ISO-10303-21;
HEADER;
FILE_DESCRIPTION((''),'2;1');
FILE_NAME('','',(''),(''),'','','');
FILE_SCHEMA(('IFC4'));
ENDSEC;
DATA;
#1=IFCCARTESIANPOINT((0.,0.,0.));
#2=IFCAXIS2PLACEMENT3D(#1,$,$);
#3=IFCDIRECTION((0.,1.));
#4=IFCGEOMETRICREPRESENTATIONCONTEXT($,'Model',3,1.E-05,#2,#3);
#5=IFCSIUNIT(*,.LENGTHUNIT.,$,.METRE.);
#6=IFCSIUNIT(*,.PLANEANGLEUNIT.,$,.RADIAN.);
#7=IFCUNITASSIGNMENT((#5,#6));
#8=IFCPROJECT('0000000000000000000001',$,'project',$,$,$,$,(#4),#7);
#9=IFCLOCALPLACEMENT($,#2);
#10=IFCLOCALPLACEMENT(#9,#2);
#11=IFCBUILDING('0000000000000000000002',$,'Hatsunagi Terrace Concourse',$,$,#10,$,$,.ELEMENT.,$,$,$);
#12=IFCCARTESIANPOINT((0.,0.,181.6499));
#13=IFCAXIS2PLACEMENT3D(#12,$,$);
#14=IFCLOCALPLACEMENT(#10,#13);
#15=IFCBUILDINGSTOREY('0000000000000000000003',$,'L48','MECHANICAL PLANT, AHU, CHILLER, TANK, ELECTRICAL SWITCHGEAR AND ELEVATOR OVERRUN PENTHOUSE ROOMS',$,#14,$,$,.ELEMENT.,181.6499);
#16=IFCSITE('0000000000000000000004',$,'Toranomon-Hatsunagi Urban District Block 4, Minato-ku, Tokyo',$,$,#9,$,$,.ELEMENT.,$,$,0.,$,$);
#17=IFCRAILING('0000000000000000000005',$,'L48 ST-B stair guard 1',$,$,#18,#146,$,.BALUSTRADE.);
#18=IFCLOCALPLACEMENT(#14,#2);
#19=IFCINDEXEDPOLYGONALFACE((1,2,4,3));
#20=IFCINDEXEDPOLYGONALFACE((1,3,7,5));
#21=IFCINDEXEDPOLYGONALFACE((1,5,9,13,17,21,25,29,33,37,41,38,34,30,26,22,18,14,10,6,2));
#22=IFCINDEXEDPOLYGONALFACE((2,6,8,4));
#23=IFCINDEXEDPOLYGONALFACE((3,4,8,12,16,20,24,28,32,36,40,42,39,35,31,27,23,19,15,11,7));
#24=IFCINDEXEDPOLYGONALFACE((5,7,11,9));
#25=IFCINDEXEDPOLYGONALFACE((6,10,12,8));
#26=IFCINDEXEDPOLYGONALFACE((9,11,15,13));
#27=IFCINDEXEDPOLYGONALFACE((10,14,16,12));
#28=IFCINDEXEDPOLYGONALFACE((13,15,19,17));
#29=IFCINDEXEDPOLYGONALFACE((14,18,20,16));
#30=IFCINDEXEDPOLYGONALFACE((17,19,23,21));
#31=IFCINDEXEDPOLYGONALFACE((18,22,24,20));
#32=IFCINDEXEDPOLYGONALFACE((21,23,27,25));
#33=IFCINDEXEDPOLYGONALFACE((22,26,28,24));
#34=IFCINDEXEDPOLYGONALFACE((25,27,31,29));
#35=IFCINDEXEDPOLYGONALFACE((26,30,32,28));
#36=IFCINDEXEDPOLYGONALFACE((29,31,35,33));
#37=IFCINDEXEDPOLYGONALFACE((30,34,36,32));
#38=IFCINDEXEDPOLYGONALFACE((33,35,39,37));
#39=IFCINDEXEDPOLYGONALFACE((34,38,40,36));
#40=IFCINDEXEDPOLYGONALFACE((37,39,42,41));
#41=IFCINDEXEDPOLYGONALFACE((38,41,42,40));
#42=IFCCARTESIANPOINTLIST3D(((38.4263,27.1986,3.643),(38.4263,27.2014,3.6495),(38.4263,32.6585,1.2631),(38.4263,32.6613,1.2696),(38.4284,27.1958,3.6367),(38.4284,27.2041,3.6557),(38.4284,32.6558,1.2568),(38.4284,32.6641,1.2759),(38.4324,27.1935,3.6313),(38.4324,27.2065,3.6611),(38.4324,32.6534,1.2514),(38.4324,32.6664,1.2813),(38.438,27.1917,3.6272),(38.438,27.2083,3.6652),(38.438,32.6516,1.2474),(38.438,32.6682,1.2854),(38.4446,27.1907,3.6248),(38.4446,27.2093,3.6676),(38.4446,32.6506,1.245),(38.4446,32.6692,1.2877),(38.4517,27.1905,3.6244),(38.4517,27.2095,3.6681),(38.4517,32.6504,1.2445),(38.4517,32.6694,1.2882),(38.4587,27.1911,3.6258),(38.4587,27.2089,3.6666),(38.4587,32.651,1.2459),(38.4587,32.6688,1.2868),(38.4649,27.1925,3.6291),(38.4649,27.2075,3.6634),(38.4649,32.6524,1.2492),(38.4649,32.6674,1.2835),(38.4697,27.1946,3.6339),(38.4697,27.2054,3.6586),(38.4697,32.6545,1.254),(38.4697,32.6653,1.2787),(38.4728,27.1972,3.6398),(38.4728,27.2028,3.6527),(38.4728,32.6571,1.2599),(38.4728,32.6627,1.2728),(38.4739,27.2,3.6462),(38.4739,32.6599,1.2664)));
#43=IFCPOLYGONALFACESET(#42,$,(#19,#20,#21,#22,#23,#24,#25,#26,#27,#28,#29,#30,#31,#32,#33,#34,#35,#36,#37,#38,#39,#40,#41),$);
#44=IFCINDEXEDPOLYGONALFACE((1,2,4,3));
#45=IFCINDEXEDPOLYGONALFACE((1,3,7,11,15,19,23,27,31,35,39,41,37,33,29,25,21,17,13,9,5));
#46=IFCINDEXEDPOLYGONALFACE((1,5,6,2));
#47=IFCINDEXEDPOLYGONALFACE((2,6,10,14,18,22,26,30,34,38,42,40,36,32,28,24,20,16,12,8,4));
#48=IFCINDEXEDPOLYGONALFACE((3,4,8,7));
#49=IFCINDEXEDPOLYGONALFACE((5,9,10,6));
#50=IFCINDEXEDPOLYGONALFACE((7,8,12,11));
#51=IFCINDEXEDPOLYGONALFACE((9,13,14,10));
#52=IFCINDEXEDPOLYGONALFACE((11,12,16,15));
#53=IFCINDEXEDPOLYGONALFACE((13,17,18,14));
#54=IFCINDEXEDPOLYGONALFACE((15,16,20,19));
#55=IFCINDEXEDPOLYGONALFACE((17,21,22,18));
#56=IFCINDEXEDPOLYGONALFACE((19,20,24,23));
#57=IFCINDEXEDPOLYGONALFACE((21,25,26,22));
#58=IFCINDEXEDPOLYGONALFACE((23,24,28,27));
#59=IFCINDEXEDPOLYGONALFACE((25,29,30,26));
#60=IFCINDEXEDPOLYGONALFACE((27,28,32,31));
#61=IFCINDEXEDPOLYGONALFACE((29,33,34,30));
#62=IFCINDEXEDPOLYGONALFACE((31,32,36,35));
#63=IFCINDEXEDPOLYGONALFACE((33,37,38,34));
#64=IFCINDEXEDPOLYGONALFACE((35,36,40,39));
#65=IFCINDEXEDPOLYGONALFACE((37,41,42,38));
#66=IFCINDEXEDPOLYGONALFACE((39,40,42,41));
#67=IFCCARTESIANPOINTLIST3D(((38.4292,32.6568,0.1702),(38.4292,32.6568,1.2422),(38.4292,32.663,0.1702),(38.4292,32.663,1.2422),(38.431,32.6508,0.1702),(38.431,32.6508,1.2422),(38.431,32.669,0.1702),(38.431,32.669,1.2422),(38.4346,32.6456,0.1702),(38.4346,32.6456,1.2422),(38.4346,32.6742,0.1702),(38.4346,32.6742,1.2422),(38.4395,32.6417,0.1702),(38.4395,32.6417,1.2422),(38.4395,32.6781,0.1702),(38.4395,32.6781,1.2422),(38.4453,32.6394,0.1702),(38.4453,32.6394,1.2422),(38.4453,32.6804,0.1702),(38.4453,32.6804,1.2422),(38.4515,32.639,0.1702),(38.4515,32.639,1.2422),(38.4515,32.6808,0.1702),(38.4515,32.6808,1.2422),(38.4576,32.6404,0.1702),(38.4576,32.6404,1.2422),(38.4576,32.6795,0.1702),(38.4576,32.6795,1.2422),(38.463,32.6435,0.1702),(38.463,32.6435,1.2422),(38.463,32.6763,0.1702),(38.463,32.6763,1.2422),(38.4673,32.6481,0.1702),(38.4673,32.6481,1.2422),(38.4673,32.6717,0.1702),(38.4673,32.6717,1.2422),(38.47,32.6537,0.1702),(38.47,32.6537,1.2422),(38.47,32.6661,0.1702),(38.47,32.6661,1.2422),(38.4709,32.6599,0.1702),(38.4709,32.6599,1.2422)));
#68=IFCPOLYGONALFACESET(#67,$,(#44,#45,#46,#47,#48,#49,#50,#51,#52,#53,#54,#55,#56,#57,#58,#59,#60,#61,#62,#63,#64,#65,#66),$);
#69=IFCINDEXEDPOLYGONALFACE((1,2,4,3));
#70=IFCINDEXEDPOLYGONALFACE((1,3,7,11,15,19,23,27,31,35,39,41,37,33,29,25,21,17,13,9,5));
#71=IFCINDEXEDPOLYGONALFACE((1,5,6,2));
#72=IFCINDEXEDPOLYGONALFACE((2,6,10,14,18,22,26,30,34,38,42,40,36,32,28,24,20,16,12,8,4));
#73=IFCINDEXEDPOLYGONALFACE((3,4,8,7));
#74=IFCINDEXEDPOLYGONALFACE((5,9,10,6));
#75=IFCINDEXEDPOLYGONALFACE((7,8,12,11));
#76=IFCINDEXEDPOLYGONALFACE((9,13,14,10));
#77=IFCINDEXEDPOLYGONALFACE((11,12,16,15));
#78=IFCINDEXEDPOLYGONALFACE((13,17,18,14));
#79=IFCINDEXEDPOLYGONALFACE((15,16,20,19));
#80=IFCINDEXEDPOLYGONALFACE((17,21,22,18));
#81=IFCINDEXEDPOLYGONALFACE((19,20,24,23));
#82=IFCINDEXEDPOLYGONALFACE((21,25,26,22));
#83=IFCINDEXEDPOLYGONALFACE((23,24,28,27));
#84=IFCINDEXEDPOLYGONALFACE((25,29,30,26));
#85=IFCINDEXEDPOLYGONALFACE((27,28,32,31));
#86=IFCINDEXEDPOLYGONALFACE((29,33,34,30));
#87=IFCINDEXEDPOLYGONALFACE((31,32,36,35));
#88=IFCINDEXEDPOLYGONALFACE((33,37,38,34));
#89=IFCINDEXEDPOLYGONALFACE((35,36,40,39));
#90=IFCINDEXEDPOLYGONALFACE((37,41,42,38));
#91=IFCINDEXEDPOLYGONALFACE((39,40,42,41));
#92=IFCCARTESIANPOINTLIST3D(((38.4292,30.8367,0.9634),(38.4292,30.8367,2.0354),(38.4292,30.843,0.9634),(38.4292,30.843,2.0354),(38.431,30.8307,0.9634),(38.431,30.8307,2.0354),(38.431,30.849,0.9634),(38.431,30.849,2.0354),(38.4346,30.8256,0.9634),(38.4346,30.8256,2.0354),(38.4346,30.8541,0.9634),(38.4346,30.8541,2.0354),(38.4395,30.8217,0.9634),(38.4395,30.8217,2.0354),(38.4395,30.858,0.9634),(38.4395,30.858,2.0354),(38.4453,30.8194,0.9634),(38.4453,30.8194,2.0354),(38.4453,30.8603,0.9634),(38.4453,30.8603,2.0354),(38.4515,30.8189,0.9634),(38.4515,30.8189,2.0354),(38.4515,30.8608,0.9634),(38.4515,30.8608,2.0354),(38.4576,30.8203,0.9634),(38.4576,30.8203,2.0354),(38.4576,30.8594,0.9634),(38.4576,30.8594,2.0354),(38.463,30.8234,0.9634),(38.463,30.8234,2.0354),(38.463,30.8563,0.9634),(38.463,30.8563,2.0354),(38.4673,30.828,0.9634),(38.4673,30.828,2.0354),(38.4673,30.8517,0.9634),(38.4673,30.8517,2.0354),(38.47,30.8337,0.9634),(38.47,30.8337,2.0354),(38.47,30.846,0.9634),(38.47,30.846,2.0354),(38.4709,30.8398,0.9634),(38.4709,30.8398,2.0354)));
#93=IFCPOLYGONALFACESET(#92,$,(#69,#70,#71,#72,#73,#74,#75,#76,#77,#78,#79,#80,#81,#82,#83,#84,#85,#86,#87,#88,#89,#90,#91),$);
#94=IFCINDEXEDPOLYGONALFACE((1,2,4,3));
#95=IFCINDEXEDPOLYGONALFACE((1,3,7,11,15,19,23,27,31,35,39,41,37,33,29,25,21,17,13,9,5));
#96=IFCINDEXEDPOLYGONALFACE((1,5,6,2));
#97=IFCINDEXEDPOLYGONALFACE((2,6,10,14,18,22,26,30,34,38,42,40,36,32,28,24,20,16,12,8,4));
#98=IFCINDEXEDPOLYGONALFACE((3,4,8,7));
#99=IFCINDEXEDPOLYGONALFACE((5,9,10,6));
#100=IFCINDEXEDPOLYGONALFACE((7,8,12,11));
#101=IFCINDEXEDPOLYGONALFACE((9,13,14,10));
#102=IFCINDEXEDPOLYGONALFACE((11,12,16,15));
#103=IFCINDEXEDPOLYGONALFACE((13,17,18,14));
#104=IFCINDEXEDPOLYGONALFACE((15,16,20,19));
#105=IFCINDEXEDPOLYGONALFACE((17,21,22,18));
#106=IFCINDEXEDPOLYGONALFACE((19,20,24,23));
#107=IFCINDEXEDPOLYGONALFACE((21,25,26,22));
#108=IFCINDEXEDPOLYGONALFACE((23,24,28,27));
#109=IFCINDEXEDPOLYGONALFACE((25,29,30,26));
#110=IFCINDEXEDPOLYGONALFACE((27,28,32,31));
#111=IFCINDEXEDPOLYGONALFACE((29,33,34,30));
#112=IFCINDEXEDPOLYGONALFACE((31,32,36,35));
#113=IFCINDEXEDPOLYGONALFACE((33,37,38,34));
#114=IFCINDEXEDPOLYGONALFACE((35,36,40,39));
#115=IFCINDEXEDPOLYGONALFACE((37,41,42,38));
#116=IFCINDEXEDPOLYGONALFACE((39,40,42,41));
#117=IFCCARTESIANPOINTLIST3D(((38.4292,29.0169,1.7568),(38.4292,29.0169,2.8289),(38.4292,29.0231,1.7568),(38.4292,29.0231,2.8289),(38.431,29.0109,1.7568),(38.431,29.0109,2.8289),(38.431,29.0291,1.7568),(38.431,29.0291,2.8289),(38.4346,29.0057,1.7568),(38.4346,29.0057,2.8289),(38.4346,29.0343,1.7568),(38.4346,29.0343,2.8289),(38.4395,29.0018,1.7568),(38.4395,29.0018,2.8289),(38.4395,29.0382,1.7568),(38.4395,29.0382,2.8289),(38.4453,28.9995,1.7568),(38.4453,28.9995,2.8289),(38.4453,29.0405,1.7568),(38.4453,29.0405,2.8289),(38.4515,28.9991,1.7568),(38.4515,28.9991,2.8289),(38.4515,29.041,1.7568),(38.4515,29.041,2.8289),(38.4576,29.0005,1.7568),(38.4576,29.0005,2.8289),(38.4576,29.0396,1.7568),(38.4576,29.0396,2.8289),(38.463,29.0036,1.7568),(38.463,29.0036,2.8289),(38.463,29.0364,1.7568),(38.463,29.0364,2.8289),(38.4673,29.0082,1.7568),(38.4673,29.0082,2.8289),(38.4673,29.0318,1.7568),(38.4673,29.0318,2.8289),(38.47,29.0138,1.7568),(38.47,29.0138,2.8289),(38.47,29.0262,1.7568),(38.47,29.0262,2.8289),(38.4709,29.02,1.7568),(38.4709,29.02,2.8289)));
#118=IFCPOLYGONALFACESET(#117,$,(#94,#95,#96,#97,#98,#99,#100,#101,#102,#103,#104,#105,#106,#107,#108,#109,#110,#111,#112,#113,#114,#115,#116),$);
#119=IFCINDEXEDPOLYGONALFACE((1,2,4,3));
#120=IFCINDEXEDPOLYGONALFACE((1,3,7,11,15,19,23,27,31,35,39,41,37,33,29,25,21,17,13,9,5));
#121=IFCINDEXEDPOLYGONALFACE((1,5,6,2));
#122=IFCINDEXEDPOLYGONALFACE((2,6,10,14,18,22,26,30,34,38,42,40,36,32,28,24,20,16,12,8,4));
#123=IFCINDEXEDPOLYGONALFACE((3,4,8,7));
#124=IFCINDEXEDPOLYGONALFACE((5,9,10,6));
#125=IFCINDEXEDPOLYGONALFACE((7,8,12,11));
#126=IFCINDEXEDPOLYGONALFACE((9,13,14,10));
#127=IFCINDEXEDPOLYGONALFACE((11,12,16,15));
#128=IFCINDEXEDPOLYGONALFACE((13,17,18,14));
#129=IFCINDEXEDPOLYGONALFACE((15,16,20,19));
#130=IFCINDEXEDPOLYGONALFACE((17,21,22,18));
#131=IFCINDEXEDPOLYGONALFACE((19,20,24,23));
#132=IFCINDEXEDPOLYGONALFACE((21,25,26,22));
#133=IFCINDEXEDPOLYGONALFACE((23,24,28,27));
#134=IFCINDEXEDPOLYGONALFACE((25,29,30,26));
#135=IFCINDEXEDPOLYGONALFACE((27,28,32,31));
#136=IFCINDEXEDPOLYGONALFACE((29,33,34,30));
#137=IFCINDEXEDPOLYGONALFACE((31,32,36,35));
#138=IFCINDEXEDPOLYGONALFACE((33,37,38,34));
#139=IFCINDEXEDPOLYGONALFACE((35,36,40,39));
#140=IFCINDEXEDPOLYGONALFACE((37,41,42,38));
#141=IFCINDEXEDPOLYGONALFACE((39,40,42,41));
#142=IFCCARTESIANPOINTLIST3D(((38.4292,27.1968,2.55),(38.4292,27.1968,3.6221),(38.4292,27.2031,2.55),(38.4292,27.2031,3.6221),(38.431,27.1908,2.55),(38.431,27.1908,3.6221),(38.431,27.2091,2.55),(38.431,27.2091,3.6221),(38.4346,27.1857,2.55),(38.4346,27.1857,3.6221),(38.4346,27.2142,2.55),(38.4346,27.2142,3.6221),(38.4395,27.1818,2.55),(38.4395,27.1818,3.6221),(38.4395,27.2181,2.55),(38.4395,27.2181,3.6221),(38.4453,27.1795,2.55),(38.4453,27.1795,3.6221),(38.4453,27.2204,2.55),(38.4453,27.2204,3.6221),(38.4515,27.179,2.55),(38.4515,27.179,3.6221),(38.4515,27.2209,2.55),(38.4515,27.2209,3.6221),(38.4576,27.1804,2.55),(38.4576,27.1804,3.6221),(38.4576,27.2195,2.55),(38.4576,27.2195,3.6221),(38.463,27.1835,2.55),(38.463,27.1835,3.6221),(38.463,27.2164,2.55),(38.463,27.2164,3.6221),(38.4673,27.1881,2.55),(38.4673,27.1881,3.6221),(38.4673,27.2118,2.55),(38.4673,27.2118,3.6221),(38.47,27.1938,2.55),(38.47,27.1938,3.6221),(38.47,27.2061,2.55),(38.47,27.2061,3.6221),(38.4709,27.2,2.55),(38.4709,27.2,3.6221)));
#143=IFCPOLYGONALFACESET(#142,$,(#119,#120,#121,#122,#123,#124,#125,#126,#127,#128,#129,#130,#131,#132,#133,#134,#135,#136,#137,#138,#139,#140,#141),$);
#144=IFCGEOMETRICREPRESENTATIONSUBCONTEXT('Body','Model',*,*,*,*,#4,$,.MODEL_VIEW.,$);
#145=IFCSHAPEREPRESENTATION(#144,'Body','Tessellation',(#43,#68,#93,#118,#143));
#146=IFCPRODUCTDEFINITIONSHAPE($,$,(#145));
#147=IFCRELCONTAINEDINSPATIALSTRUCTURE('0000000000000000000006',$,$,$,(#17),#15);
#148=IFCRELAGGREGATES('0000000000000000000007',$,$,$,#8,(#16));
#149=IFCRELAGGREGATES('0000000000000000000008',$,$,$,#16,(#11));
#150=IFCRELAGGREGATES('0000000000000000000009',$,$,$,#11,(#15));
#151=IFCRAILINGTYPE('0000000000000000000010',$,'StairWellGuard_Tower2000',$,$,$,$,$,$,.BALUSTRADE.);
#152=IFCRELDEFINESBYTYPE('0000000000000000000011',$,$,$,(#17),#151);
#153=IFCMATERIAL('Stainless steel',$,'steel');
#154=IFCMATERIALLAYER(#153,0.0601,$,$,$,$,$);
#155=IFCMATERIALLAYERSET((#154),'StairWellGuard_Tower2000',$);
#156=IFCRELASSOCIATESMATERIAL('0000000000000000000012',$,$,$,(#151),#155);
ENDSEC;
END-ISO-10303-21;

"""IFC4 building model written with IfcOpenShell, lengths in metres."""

from ifc_helpers import new_model, si_unit, direction, frame, origin, origin_2d, place, context, subcontext, project, spatial, circle, extrude, material, layer, layer_set, type_object, element, save


model = new_model("IFC4")

# Units and contexts
model_context = context("Model", 3, precision=1e-05, world=origin(), true_north=direction((0.0, 1.0)))
body_context = subcontext(model_context, "Body", "Model", "MODEL_VIEW")
ifc_project = project(units=[si_unit("LENGTHUNIT", "METRE"), si_unit("PLANEANGLEUNIT", "RADIAN")], contexts=[model_context])

# Site, building, storey
site_placement = place(None, origin())
site = spatial("IfcSite", under=ifc_project, at=site_placement, Name="Toranomon-Hatsunagi Urban District Block 4, Minato-ku, Tokyo", CompositionType="ELEMENT", RefElevation=0.0)
building_placement = place(site_placement, origin())
building = spatial("IfcBuilding", under=site, at=building_placement, Name="Hatsunagi Terrace Concourse", CompositionType="ELEMENT")
storey_placement = place(building_placement, frame((0.0, 0.0, 181.6499)))
storey = spatial("IfcBuildingStorey", under=building, at=storey_placement, Name="L48", Description="MECHANICAL PLANT, AHU, CHILLER, TANK, ELECTRICAL SWITCHGEAR AND ELEVATOR OVERRUN PENTHOUSE ROOMS", CompositionType="ELEMENT", Elevation=181.6499)

# Railing
ifc_material_1 = material(Name="Stainless steel", Category="steel")
ifc_layer_1 = layer(ifc_material_1, 0.0601)
ifc_layer_set_1 = layer_set([ifc_layer_1], Name="StairWellGuard_Tower2000")
railing_type_1 = type_object("IfcRailingType", Name="StairWellGuard_Tower2000", PredefinedType="BALUSTRADE", material=ifc_layer_set_1)
railing_1_placement = place(storey_placement, frame((38.45, 32.6599, 0.1702)))
element("IfcRailing", 1, at=railing_1_placement, inside=storey, type_object=railing_type_1, Name="L48 ST-B stair guard 1", PredefinedType="BALUSTRADE", context=body_context, shape_type="SweptSolid", body=[
    extrude(circle(Radius=0.0239, at=origin_2d()), frame((0.0, 0.0, 1.0962), z_axis=(0.0, -0.916702, 0.399571), x_axis=(1.0, 0.0, 0.0)), (0.0, 0.0, 1.0), 5.9561),
    extrude(circle(Radius=0.021, at=origin_2d()), origin(), (0.0, 0.0, 1.0), 1.072),
    extrude(circle(Radius=0.021, at=origin_2d()), frame((0.0, -1.8201, 0.7932)), (0.0, 0.0, 1.0), 1.072),
    extrude(circle(Radius=0.021, at=origin_2d()), frame((0.0, -3.6399, 1.5867)), (0.0, 0.0, 1.0), 1.072),
    extrude(circle(Radius=0.021, at=origin_2d()), frame((0.0, -5.46, 2.3799)), (0.0, 0.0, 1.0), 1.072),
])

save(model, "model.ifc")
